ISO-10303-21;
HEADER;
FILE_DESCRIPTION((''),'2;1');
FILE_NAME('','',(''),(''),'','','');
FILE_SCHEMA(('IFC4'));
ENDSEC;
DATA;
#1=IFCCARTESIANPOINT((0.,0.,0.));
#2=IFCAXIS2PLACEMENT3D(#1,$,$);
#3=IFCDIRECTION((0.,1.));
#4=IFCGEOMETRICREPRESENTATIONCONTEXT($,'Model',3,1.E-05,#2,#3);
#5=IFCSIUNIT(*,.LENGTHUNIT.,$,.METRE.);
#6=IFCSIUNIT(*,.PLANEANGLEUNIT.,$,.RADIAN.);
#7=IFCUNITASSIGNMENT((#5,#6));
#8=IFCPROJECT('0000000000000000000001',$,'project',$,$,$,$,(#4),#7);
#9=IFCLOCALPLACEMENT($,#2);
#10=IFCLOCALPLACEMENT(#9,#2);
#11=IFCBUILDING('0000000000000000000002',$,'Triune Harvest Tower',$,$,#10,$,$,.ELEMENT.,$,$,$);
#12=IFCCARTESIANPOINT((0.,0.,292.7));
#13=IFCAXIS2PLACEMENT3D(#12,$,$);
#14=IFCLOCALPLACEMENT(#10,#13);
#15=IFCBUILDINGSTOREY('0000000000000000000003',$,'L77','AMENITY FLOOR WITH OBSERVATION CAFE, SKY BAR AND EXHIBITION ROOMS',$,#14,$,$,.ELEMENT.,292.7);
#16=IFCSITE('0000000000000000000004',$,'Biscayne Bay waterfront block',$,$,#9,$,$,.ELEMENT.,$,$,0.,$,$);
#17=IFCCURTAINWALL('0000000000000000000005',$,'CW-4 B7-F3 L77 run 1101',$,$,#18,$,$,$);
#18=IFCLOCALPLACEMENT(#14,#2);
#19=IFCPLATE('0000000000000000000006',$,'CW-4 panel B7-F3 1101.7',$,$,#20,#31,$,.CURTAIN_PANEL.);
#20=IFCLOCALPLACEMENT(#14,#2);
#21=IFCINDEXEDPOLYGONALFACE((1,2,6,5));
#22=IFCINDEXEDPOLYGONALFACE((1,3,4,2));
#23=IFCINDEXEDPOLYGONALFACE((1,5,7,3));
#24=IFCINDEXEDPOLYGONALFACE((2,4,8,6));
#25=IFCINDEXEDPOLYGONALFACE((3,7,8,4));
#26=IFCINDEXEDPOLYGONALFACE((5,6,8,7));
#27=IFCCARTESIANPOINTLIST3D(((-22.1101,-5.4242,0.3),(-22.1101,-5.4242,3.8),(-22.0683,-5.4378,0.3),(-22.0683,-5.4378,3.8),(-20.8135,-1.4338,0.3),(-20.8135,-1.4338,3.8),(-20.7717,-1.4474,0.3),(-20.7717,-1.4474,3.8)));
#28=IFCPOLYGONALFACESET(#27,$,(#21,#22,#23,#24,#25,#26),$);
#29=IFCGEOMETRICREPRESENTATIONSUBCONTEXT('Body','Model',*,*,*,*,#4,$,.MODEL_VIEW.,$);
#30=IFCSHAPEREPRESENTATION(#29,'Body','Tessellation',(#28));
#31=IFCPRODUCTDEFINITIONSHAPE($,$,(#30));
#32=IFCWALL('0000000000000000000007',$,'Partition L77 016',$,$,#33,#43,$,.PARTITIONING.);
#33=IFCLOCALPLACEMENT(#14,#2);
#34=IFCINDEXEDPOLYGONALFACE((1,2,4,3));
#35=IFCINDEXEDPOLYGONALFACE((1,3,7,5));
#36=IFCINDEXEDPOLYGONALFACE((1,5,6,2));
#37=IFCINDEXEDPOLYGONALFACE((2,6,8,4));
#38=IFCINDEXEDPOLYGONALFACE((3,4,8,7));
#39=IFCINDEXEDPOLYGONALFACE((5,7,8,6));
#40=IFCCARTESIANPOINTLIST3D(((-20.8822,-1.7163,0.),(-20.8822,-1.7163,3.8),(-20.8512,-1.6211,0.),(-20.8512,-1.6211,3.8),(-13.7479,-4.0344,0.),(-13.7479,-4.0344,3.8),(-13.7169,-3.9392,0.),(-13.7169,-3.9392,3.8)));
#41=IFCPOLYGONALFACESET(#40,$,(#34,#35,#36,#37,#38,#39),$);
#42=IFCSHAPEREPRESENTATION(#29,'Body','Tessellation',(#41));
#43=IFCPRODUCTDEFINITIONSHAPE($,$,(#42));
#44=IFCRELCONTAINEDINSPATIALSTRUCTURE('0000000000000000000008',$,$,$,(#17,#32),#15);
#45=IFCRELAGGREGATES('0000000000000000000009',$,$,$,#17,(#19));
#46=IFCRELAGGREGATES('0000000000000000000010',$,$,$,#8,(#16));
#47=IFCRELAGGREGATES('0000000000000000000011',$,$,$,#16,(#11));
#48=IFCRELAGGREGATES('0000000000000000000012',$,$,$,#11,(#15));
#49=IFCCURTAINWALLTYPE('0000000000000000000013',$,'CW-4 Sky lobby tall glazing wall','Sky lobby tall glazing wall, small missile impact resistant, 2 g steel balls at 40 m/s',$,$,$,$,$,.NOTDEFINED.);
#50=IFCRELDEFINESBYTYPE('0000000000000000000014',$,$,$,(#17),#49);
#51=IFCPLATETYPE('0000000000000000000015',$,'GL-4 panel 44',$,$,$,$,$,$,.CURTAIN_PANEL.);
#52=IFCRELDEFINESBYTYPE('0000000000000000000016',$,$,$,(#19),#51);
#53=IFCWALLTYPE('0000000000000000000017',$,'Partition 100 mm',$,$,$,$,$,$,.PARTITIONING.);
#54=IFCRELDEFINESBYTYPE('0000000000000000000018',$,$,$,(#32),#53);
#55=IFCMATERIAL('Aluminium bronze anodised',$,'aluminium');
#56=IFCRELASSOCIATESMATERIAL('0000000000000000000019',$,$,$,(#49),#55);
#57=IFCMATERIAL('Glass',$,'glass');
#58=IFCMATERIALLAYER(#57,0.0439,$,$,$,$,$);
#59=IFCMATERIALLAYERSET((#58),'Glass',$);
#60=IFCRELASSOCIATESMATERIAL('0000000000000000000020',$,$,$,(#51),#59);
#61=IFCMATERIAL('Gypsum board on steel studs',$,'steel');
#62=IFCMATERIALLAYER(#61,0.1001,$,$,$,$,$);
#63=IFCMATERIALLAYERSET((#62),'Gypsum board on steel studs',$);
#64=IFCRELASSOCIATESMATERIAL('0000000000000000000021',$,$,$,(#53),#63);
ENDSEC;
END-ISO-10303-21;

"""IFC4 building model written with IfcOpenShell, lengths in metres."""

from ifc_helpers import new_model, si_unit, direction, frame, frame_2d, origin, origin_2d, place, context, subcontext, project, spatial, rectangle, extrude, source, transform, mapped, material, layer, layer_set, type_object, element, aggregate, save


model = new_model("IFC4")

# Units and contexts
model_context = context("Model", 3, precision=1e-05, world=origin(), true_north=direction((0.0, 1.0)))
body_context = subcontext(model_context, "Body", "Model", "MODEL_VIEW")
ifc_project = project(units=[si_unit("LENGTHUNIT", "METRE"), si_unit("PLANEANGLEUNIT", "RADIAN")], contexts=[model_context])

# Site, building, storey
site_placement = place(None, origin())
site = spatial("IfcSite", under=ifc_project, at=site_placement, Name="Biscayne Bay waterfront block", CompositionType="ELEMENT", RefElevation=0.0)
building_placement = place(site_placement, origin())
building = spatial("IfcBuilding", under=site, at=building_placement, Name="Triune Harvest Tower", CompositionType="ELEMENT")
storey_placement = place(building_placement, frame((0.0, 0.0, 292.7)))
storey = spatial("IfcBuildingStorey", under=building, at=storey_placement, Name="L77", Description="AMENITY FLOOR WITH OBSERVATION CAFE, SKY BAR AND EXHIBITION ROOMS", CompositionType="ELEMENT", Elevation=292.7)

# Curtain wall
ifc_material_1 = material(Name="Aluminium bronze anodised", Category="aluminium")
curtain_wall_type_1 = type_object("IfcCurtainWallType", Name="CW-4 Sky lobby tall glazing wall", Description="Sky lobby tall glazing wall, small missile impact resistant, 2 g steel balls at 40 m/s", PredefinedType="NOTDEFINED", material=ifc_material_1)
curtain_wall_1_placement = place(storey_placement, origin())
curtain_wall_1 = element("IfcCurtainWall", 1, at=curtain_wall_1_placement, inside=storey, type_object=curtain_wall_type_1, Name="CW-4 B7-F3 L77 run 1101")

# Plate
ifc_material_2 = material(Name="Glass", Category="glass")
ifc_layer_1 = layer(ifc_material_2, 0.0439)
ifc_layer_set_1 = layer_set([ifc_layer_1], Name="Glass")
plate_type_1 = type_object("IfcPlateType", Name="GL-4 panel 44", PredefinedType="CURTAIN_PANEL", material=ifc_layer_set_1)
shared_shape_1 = source(origin(), body_context, "Body", "SweptSolid", [
    extrude(rectangle(XDim=4.1958, YDim=0.0439, at=origin_2d()), origin(), (0.0, 0.0, 1.0), 3.5),
])
plate_1_placement = place(storey_placement, frame((-21.4409, -3.4358, 0.3), z_axis=(0.0, 0.0, 1.0), x_axis=(-0.309013, -0.951058, 0.0)))
plate_1 = element("IfcPlate", 2, at=plate_1_placement, type_object=plate_type_1, Name="CW-4 panel B7-F3 1101.7", PredefinedType="CURTAIN_PANEL", context=body_context, shape_type="MappedRepresentation", body=[
    mapped(shared_shape_1, transform((0.0, 0.0, 0.0), scale=1.0)),
])
aggregate(curtain_wall_1, [plate_1])

# Wall
ifc_material_3 = material(Name="Gypsum board on steel studs", Category="steel")
ifc_layer_2 = layer(ifc_material_3, 0.1001)
ifc_layer_set_2 = layer_set([ifc_layer_2], Name="Gypsum board on steel studs")
wall_type = type_object("IfcWallType", Name="Partition 100 mm", PredefinedType="PARTITIONING", material=ifc_layer_set_2)
wall_placement = place(storey_placement, frame((-20.8667, -1.6687, 0.0), z_axis=(0.0, 0.0, 1.0), x_axis=(0.951055, -0.309023, 0.0)))
element("IfcWall", 3, at=wall_placement, inside=storey, type_object=wall_type, Name="Partition L77 016", PredefinedType="PARTITIONING", context=body_context, shape_type="SweptSolid", body=[
    extrude(rectangle(XDim=7.5015, YDim=0.1001, at=frame_2d((3.7507, 0.0))), origin(), (0.0, 0.0, 1.0), 3.8),
])

save(model, "model.ifc")
